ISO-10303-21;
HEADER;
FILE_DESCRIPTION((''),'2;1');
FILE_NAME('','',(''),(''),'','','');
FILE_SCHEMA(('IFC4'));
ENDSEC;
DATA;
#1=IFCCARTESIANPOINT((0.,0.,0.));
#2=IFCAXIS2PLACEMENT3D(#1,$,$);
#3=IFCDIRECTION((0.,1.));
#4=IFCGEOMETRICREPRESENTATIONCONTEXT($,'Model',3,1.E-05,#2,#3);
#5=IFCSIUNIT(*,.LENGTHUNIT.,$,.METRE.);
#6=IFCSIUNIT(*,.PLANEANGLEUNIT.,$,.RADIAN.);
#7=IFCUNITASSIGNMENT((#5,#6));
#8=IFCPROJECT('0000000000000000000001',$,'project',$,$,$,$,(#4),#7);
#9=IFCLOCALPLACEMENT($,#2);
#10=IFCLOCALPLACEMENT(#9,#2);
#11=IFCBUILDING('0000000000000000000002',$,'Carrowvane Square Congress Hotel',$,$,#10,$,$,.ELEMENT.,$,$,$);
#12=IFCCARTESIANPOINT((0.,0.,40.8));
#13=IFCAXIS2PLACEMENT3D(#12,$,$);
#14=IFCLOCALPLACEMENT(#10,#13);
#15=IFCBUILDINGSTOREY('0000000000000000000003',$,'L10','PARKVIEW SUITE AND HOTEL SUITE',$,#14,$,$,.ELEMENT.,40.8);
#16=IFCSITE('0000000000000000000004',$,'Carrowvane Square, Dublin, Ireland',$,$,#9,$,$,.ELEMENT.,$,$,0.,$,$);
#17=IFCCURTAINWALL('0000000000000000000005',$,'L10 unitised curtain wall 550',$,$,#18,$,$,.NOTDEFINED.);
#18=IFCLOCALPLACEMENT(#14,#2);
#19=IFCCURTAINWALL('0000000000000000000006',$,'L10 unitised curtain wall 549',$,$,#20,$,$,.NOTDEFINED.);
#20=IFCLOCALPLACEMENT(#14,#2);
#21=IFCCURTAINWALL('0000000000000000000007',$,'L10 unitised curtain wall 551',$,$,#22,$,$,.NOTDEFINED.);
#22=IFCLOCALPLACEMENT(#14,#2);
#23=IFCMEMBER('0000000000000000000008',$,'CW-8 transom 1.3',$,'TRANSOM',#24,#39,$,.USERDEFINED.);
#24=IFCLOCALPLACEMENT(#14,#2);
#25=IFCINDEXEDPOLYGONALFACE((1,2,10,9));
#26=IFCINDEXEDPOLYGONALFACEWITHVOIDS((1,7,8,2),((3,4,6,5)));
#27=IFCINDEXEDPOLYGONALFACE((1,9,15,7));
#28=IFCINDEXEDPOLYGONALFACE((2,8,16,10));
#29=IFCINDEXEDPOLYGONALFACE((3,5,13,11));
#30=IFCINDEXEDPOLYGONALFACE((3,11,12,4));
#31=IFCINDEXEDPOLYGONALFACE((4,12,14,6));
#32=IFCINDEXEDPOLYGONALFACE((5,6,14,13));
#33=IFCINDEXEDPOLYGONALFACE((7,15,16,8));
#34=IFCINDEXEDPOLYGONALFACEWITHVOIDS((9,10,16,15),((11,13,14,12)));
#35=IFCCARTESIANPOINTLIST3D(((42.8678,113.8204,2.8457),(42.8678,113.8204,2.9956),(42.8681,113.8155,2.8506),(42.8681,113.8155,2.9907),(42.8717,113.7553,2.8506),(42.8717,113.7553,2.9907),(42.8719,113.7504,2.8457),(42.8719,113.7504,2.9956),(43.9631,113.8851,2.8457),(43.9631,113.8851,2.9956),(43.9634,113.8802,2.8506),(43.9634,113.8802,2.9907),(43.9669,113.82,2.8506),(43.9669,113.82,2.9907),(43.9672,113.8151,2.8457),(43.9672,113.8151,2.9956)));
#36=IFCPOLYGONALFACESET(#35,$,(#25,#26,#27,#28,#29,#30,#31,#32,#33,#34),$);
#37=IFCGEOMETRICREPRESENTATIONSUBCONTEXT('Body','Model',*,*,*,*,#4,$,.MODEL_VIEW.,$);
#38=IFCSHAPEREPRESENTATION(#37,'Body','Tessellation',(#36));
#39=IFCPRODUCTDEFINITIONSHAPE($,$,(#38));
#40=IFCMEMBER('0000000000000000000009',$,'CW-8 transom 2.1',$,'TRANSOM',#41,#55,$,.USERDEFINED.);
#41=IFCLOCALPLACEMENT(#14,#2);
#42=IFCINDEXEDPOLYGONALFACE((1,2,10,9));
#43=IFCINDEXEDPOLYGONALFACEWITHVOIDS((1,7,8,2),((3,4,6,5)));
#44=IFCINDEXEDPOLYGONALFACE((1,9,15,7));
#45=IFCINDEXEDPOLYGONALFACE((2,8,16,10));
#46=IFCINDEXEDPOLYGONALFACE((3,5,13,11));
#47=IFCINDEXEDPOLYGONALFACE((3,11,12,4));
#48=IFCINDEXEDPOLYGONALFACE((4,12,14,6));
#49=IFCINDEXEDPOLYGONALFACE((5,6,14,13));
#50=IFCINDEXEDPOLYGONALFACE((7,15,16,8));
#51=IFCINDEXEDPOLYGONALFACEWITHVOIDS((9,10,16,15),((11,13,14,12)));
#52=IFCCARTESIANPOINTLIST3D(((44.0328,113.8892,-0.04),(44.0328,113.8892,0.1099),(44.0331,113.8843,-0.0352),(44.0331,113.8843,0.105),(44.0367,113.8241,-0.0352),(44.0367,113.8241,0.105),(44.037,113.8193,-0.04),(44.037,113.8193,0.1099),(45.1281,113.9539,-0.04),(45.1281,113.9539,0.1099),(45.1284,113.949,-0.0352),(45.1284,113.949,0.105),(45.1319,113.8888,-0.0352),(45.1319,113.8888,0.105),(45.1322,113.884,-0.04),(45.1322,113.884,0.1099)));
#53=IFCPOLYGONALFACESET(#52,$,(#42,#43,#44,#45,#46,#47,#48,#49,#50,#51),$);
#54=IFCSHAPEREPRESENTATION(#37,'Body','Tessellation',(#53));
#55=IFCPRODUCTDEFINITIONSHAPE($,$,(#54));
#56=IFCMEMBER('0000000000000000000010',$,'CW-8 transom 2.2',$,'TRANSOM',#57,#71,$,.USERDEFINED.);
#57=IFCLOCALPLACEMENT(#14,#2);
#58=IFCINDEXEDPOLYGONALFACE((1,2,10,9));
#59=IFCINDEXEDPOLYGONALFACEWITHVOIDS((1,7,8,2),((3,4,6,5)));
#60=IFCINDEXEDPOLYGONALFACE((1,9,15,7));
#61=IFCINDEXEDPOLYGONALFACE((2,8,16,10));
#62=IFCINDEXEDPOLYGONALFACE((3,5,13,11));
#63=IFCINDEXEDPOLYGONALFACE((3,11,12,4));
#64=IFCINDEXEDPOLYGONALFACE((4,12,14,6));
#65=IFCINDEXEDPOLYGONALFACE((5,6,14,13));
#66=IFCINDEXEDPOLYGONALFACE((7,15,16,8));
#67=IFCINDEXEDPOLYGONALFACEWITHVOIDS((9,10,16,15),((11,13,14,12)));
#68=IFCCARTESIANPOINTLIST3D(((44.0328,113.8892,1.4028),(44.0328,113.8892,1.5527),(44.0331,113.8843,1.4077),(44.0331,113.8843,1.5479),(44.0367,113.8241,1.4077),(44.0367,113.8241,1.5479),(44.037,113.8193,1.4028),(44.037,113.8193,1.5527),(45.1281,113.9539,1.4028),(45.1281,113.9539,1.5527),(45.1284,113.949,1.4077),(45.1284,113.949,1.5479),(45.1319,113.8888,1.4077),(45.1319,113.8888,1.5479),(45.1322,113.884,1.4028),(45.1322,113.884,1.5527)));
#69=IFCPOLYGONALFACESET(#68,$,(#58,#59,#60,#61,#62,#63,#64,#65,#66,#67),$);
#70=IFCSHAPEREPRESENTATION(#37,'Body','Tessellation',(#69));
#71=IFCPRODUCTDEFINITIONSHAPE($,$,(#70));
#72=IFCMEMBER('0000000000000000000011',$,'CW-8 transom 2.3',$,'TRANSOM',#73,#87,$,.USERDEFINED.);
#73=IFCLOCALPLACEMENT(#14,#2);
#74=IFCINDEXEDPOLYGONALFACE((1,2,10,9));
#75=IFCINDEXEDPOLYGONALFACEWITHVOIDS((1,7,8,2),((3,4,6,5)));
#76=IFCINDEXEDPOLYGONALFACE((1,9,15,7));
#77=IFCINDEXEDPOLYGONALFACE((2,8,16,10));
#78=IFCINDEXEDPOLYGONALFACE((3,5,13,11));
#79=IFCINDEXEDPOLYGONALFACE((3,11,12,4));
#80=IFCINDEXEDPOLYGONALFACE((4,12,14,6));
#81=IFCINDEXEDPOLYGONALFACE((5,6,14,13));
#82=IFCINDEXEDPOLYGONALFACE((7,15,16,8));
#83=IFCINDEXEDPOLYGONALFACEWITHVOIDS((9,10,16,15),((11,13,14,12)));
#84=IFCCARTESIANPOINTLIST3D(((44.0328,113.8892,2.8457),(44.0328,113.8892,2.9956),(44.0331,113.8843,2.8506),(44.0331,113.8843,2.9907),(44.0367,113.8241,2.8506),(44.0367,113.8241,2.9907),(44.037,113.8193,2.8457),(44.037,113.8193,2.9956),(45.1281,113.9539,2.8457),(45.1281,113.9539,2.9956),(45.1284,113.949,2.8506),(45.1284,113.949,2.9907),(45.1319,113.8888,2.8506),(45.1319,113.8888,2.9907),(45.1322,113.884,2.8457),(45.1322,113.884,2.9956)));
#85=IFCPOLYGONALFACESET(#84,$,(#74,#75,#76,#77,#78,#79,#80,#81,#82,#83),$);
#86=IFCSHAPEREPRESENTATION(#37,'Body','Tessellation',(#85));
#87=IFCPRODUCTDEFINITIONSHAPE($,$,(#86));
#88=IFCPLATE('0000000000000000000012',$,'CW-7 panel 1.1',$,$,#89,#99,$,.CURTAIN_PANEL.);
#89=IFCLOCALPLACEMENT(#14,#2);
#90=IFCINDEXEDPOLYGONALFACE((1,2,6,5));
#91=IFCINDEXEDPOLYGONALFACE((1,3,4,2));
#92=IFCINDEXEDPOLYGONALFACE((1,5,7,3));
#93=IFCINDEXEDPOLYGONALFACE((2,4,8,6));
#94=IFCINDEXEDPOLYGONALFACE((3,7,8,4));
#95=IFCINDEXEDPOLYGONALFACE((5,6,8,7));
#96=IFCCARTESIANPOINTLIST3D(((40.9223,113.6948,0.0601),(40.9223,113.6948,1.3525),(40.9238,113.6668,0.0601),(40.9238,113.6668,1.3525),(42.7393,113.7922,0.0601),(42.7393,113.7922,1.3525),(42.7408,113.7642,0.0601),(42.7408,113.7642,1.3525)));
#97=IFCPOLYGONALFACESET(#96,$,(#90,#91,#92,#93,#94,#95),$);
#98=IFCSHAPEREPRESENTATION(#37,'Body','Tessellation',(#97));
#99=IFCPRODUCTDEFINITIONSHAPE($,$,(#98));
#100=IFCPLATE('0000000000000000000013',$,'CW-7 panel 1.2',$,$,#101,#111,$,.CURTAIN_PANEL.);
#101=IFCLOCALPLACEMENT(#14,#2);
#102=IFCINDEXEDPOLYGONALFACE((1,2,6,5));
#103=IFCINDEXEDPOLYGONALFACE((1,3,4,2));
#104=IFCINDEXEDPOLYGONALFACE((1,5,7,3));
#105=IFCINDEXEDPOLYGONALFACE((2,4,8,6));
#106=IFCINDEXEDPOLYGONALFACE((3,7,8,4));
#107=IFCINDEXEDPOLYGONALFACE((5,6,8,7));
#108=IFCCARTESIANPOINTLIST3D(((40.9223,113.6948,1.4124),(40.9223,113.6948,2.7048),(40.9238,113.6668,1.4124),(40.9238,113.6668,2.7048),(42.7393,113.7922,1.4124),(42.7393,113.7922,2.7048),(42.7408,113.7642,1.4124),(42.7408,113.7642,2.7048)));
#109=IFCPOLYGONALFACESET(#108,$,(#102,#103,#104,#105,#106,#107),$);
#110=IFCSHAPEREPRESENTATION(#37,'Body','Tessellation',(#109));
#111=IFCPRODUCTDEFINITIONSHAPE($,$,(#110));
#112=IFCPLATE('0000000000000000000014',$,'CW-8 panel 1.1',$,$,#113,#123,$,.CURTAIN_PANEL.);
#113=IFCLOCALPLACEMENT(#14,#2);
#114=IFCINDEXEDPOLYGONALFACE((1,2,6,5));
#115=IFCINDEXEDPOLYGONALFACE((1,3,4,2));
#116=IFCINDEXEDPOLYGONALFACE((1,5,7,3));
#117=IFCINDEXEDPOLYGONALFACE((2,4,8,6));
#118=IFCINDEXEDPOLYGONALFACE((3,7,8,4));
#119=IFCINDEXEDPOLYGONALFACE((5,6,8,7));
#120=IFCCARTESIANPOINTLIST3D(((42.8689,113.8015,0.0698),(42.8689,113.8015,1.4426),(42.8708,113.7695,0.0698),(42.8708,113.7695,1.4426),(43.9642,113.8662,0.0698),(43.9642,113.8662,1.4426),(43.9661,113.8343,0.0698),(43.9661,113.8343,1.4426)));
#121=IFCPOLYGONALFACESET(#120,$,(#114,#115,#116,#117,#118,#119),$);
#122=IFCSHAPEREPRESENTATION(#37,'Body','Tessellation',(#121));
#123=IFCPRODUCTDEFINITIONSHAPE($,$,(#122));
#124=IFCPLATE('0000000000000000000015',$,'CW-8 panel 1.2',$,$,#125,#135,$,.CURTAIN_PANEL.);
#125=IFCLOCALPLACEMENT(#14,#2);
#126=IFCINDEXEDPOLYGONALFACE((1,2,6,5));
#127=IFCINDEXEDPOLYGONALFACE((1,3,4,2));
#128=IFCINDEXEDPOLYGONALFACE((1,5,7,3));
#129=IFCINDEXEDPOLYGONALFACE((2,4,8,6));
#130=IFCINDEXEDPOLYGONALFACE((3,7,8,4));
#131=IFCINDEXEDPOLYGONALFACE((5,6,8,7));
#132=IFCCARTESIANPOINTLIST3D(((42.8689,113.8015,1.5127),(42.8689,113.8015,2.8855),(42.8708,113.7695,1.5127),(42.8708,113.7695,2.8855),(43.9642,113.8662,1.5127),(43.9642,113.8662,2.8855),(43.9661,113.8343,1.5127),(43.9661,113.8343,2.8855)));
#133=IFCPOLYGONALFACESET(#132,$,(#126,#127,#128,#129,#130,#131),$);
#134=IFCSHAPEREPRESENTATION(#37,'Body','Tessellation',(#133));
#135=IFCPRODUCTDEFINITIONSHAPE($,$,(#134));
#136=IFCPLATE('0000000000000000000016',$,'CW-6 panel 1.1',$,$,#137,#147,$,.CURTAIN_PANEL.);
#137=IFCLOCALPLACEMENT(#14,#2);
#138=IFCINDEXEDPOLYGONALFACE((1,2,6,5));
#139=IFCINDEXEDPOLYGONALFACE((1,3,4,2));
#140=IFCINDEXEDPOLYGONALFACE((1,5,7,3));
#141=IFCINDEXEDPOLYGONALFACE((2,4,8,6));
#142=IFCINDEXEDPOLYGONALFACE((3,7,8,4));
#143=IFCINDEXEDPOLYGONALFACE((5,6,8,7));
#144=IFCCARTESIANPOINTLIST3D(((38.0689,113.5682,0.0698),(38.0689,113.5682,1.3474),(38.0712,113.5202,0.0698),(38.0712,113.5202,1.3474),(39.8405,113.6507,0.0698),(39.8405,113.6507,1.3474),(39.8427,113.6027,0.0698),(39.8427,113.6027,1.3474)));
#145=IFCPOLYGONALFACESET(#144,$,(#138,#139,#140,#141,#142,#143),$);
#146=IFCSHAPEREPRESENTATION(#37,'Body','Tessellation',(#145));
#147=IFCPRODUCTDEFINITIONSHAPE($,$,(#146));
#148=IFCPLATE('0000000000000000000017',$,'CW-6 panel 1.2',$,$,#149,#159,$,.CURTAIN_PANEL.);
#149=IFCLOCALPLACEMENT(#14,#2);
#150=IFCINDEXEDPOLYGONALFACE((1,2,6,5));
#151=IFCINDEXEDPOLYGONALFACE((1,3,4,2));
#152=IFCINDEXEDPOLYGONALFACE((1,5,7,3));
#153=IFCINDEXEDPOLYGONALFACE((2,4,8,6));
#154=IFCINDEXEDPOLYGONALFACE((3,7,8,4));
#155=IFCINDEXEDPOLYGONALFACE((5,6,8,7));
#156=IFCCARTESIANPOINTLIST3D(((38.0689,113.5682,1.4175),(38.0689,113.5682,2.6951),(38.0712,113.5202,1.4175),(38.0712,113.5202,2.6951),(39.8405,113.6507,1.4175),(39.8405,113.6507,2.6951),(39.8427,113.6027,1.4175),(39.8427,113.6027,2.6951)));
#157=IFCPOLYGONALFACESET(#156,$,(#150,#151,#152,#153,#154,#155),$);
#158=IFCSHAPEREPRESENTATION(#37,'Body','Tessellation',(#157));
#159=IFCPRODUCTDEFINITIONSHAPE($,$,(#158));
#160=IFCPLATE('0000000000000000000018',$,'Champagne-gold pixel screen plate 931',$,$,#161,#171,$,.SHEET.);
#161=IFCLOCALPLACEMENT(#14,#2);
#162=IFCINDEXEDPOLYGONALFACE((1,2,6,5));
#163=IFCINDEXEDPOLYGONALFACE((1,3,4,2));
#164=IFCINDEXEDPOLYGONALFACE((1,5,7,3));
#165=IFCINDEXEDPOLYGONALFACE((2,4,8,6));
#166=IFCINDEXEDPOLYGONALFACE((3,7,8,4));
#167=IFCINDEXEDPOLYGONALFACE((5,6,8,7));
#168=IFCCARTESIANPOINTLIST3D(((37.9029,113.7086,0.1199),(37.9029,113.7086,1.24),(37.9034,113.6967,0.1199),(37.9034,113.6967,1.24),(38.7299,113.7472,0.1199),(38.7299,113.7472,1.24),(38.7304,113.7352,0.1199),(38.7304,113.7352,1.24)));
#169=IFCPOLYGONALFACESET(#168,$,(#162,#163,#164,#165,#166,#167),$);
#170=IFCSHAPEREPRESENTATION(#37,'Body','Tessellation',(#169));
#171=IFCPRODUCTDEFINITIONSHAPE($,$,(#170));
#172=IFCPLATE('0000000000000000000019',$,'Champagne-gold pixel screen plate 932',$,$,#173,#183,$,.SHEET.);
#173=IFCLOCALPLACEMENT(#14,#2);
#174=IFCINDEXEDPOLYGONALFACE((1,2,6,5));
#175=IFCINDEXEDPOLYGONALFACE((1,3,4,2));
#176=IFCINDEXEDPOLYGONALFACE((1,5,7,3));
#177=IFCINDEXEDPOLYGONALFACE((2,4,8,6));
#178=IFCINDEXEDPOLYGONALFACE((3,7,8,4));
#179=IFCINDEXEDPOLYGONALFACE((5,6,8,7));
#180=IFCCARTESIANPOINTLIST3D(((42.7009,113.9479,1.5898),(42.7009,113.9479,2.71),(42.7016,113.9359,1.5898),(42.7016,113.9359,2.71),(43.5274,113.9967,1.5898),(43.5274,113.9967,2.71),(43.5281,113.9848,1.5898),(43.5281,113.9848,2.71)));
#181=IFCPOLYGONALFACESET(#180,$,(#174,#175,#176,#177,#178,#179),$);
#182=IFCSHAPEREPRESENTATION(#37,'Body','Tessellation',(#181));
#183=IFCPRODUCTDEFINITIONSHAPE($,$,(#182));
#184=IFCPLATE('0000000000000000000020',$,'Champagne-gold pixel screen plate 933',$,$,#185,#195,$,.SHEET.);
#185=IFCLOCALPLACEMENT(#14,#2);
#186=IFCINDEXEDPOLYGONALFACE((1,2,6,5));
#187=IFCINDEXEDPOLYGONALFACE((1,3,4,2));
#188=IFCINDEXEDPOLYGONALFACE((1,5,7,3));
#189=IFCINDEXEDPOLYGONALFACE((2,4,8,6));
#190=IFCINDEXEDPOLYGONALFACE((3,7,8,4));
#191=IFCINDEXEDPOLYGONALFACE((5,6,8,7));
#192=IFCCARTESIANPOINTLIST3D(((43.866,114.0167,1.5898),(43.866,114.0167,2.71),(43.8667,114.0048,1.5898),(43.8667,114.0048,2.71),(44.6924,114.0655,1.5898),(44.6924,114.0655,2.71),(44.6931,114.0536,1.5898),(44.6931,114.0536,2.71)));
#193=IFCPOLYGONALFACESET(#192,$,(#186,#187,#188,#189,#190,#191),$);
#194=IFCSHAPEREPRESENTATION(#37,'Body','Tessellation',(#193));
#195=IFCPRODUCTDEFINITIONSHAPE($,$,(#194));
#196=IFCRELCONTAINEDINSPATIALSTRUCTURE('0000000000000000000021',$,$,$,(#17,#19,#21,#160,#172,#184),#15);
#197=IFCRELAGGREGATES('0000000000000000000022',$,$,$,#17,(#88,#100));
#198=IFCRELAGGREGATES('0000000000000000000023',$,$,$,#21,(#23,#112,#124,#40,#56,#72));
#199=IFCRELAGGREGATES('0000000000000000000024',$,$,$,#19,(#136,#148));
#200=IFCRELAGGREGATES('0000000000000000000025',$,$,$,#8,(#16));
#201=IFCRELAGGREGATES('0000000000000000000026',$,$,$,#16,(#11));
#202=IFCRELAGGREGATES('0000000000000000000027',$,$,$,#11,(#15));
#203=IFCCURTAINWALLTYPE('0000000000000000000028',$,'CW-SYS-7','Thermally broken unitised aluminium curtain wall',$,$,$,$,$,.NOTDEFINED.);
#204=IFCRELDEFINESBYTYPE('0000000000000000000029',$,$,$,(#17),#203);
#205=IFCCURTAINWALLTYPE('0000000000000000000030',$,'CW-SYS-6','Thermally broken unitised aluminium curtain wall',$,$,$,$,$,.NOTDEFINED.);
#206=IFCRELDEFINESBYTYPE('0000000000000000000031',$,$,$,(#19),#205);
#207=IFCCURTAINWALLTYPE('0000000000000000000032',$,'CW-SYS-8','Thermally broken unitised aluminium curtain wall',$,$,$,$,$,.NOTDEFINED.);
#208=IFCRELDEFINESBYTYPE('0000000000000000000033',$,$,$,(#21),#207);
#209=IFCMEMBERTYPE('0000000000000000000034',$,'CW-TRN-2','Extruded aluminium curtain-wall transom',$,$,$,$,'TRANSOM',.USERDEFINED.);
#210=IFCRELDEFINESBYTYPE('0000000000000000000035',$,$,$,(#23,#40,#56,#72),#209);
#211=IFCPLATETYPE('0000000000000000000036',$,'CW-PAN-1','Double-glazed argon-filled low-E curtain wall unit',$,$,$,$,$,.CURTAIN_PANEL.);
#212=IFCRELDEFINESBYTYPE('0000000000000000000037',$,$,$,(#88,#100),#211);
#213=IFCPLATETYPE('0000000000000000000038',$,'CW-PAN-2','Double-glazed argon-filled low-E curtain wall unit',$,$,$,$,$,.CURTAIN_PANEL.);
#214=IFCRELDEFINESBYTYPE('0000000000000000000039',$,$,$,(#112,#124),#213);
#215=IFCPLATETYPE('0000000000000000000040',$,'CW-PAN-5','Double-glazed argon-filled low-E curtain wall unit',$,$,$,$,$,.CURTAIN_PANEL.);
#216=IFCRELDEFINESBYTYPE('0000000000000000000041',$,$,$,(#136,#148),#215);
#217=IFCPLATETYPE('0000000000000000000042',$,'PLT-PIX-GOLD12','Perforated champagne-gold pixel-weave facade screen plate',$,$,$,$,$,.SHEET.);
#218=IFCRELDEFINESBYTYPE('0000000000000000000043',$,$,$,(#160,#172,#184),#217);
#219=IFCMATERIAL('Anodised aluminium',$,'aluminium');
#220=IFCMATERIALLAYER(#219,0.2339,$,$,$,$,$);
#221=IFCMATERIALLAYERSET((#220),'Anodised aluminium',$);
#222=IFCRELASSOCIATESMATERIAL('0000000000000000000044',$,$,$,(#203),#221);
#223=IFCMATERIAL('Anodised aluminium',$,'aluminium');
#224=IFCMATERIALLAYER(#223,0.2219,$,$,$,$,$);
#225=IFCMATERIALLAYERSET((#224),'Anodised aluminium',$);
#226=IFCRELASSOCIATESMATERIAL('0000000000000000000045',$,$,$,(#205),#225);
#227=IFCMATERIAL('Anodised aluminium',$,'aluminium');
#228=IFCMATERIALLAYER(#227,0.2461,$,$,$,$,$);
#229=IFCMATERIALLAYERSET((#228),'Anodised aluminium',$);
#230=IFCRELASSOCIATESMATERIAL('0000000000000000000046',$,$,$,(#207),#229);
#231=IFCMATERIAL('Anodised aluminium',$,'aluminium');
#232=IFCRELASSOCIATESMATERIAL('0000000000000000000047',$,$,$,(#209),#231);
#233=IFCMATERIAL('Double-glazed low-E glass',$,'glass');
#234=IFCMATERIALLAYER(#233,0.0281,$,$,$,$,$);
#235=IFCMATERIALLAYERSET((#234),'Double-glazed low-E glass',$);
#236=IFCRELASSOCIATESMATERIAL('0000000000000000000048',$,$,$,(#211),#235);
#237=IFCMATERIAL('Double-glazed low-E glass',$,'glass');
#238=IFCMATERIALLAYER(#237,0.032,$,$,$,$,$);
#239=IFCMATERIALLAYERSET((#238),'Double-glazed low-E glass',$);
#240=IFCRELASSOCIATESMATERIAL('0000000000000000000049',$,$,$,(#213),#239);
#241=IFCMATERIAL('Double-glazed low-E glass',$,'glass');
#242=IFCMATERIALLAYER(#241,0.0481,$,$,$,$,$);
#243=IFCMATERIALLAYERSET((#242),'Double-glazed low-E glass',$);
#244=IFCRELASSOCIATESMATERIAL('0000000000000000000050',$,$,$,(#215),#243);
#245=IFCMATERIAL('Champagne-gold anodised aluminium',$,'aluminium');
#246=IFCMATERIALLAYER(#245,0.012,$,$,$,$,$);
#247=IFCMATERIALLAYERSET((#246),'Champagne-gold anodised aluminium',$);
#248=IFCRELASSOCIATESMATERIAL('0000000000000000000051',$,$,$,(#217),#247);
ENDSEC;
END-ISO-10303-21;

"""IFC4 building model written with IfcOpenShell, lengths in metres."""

from ifc_helpers import new_model, si_unit, direction, frame, origin, origin_2d, place, context, subcontext, project, spatial, rectangle, hollow_rectangle, extrude, material, layer, layer_set, material_profile, profile_set, type_object, element, aggregate, save


model = new_model("IFC4")

# Units and contexts
model_context = context("Model", 3, precision=1e-05, world=origin(), true_north=direction((0.0, 1.0)))
body_context = subcontext(model_context, "Body", "Model", "MODEL_VIEW")
ifc_project = project(units=[si_unit("LENGTHUNIT", "METRE"), si_unit("PLANEANGLEUNIT", "RADIAN")], contexts=[model_context])

# Site, building, storey
site_placement = place(None, origin())
site = spatial("IfcSite", under=ifc_project, at=site_placement, Name="Carrowvane Square, Dublin, Ireland", CompositionType="ELEMENT", RefElevation=0.0)
building_placement = place(site_placement, origin())
building = spatial("IfcBuilding", under=site, at=building_placement, Name="Carrowvane Square Congress Hotel", CompositionType="ELEMENT")
storey_placement = place(building_placement, frame((0.0, 0.0, 40.8)))
storey = spatial("IfcBuildingStorey", under=building, at=storey_placement, Name="L10", Description="PARKVIEW SUITE AND HOTEL SUITE", CompositionType="ELEMENT", Elevation=40.8)

# Curtain wall
ifc_material_1 = material(Name="Anodised aluminium", Category="aluminium")
ifc_layer_1 = layer(ifc_material_1, 0.2339)
ifc_layer_set_1 = layer_set([ifc_layer_1], Name="Anodised aluminium")
curtain_wall_type_1 = type_object("IfcCurtainWallType", Name="CW-SYS-7", Description="Thermally broken unitised aluminium curtain wall", PredefinedType="NOTDEFINED", material=ifc_layer_set_1)
curtain_wall_1_placement = place(storey_placement, origin())
curtain_wall_1 = element("IfcCurtainWall", 1, at=curtain_wall_1_placement, inside=storey, type_object=curtain_wall_type_1, Name="L10 unitised curtain wall 550", PredefinedType="NOTDEFINED")

# Curtain wall
ifc_material_2 = material(Name="Anodised aluminium", Category="aluminium")
ifc_layer_2 = layer(ifc_material_2, 0.2219)
ifc_layer_set_2 = layer_set([ifc_layer_2], Name="Anodised aluminium")
curtain_wall_type_2 = type_object("IfcCurtainWallType", Name="CW-SYS-6", Description="Thermally broken unitised aluminium curtain wall", PredefinedType="NOTDEFINED", material=ifc_layer_set_2)
curtain_wall_2_placement = place(storey_placement, origin())
curtain_wall_2 = element("IfcCurtainWall", 2, at=curtain_wall_2_placement, inside=storey, type_object=curtain_wall_type_2, Name="L10 unitised curtain wall 549", PredefinedType="NOTDEFINED")

# Curtain wall
ifc_material_3 = material(Name="Anodised aluminium", Category="aluminium")
ifc_layer_3 = layer(ifc_material_3, 0.2461)
ifc_layer_set_3 = layer_set([ifc_layer_3], Name="Anodised aluminium")
curtain_wall_type_3 = type_object("IfcCurtainWallType", Name="CW-SYS-8", Description="Thermally broken unitised aluminium curtain wall", PredefinedType="NOTDEFINED", material=ifc_layer_set_3)
curtain_wall_3_placement = place(storey_placement, origin())
curtain_wall_3 = element("IfcCurtainWall", 3, at=curtain_wall_3_placement, inside=storey, type_object=curtain_wall_type_3, Name="L10 unitised curtain wall 551", PredefinedType="NOTDEFINED")

# Members
ifc_material_4 = material(Name="Anodised aluminium", Category="aluminium")
ifc_material_profile_1 = material_profile(ifc_material_4, hollow_rectangle(XDim=0.0701, YDim=0.1499, WallThickness=0.0049, at=origin_2d()), Name="CW-TR 70x150x5")
ifc_profile_set_1 = profile_set([ifc_material_profile_1], Name="Anodised aluminium")
member_type_1 = type_object("IfcMemberType", Name="CW-TRN-2", Description="Extruded aluminium curtain-wall transom", ElementType="TRANSOM", PredefinedType="USERDEFINED", material=ifc_profile_set_1)
member_1_placement = place(storey_placement, frame((42.8699, 113.7854, 2.9207), z_axis=(0.99826, 0.05897, 0.0), x_axis=(-0.05897, 0.99826, 0.0)))
member_1 = element("IfcMember", 4, at=member_1_placement, type_object=member_type_1, Name="CW-8 transom 1.3", ObjectType="TRANSOM", PredefinedType="USERDEFINED", context=body_context, shape_type="SweptSolid", body=[
    extrude(hollow_rectangle(XDim=0.0701, YDim=0.1499, WallThickness=0.0049, at=origin_2d()), origin(), (0.0, 0.0, 1.0), 1.0972),
])
member_2_placement = place(storey_placement, frame((44.0349, 113.8542, 0.0349), z_axis=(0.99826, 0.05897, 0.0), x_axis=(-0.05897, 0.99826, 0.0)))
member_2 = element("IfcMember", 5, at=member_2_placement, type_object=member_type_1, Name="CW-8 transom 2.1", ObjectType="TRANSOM", PredefinedType="USERDEFINED", context=body_context, shape_type="SweptSolid", body=[
    extrude(hollow_rectangle(XDim=0.0701, YDim=0.1499, WallThickness=0.0049, at=origin_2d()), origin(), (0.0, 0.0, 1.0), 1.0972),
])
member_3_placement = place(storey_placement, frame((44.0349, 113.8542, 1.4778), z_axis=(0.99826, 0.05897, 0.0), x_axis=(-0.05897, 0.99826, 0.0)))
member_3 = element("IfcMember", 6, at=member_3_placement, type_object=member_type_1, Name="CW-8 transom 2.2", ObjectType="TRANSOM", PredefinedType="USERDEFINED", context=body_context, shape_type="SweptSolid", body=[
    extrude(hollow_rectangle(XDim=0.0701, YDim=0.1499, WallThickness=0.0049, at=origin_2d()), origin(), (0.0, 0.0, 1.0), 1.0972),
])
member_4_placement = place(storey_placement, frame((44.0349, 113.8542, 2.9207), z_axis=(0.99826, 0.05897, 0.0), x_axis=(-0.05897, 0.99826, 0.0)))
member_4 = element("IfcMember", 7, at=member_4_placement, type_object=member_type_1, Name="CW-8 transom 2.3", ObjectType="TRANSOM", PredefinedType="USERDEFINED", context=body_context, shape_type="SweptSolid", body=[
    extrude(hollow_rectangle(XDim=0.0701, YDim=0.1499, WallThickness=0.0049, at=origin_2d()), origin(), (0.0, 0.0, 1.0), 1.0972),
])

# Plates
ifc_material_5 = material(Name="Double-glazed low-E glass", Category="glass")
ifc_layer_4 = layer(ifc_material_5, 0.0281)
ifc_layer_set_4 = layer_set([ifc_layer_4], Name="Double-glazed low-E glass")
plate_type_1 = type_object("IfcPlateType", Name="CW-PAN-1", Description="Double-glazed argon-filled low-E curtain wall unit", PredefinedType="CURTAIN_PANEL", material=ifc_layer_set_4)
plate_1_placement = place(storey_placement, frame((41.8315, 113.7295, 0.0601), z_axis=(0.0, 0.0, 1.0), x_axis=(0.998567, 0.053514, 0.0)))
plate_1 = element("IfcPlate", 8, at=plate_1_placement, type_object=plate_type_1, Name="CW-7 panel 1.1", PredefinedType="CURTAIN_PANEL", context=body_context, shape_type="SweptSolid", body=[
    extrude(rectangle(XDim=1.8196, YDim=0.0281, at=origin_2d()), origin(), (0.0, 0.0, 1.0), 1.2925),
])
plate_2_placement = place(storey_placement, frame((41.8315, 113.7295, 1.4124), z_axis=(0.0, 0.0, 1.0), x_axis=(0.998567, 0.053514, 0.0)))
plate_2 = element("IfcPlate", 9, at=plate_2_placement, type_object=plate_type_1, Name="CW-7 panel 1.2", PredefinedType="CURTAIN_PANEL", context=body_context, shape_type="SweptSolid", body=[
    extrude(rectangle(XDim=1.8196, YDim=0.0281, at=origin_2d()), origin(), (0.0, 0.0, 1.0), 1.2925),
])
aggregate(curtain_wall_1, [plate_1, plate_2])
ifc_material_6 = material(Name="Double-glazed low-E glass", Category="glass")
ifc_layer_5 = layer(ifc_material_6, 0.032)
ifc_layer_set_5 = layer_set([ifc_layer_5], Name="Double-glazed low-E glass")
plate_type_2 = type_object("IfcPlateType", Name="CW-PAN-2", Description="Double-glazed argon-filled low-E curtain wall unit", PredefinedType="CURTAIN_PANEL", material=ifc_layer_set_5)
plate_3_placement = place(storey_placement, frame((43.4175, 113.8179, 0.0698), z_axis=(0.0, 0.0, 1.0), x_axis=(0.998259, 0.058989, 0.0)))
plate_3 = element("IfcPlate", 10, at=plate_3_placement, type_object=plate_type_2, Name="CW-8 panel 1.1", PredefinedType="CURTAIN_PANEL", context=body_context, shape_type="SweptSolid", body=[
    extrude(rectangle(XDim=1.0972, YDim=0.032, at=origin_2d()), origin(), (0.0, 0.0, 1.0), 1.3728),
])
plate_4_placement = place(storey_placement, frame((43.4175, 113.8179, 1.5127), z_axis=(0.0, 0.0, 1.0), x_axis=(0.998259, 0.058989, 0.0)))
plate_4 = element("IfcPlate", 11, at=plate_4_placement, type_object=plate_type_2, Name="CW-8 panel 1.2", PredefinedType="CURTAIN_PANEL", context=body_context, shape_type="SweptSolid", body=[
    extrude(rectangle(XDim=1.0972, YDim=0.032, at=origin_2d()), origin(), (0.0, 0.0, 1.0), 1.3728),
])
aggregate(curtain_wall_3, [member_1, plate_3, plate_4, member_2, member_3, member_4])
ifc_material_7 = material(Name="Double-glazed low-E glass", Category="glass")
ifc_layer_6 = layer(ifc_material_7, 0.0481)
ifc_layer_set_6 = layer_set([ifc_layer_6], Name="Double-glazed low-E glass")
plate_type_3 = type_object("IfcPlateType", Name="CW-PAN-5", Description="Double-glazed argon-filled low-E curtain wall unit", PredefinedType="CURTAIN_PANEL", material=ifc_layer_set_6)
plate_5_placement = place(storey_placement, frame((38.9558, 113.5854, 0.0698), z_axis=(0.0, 0.0, 1.0), x_axis=(0.998917, 0.046522, 0.0)))
plate_5 = element("IfcPlate", 12, at=plate_5_placement, type_object=plate_type_3, Name="CW-6 panel 1.1", PredefinedType="CURTAIN_PANEL", context=body_context, shape_type="SweptSolid", body=[
    extrude(rectangle(XDim=1.7734, YDim=0.0481, at=origin_2d()), origin(), (0.0, 0.0, 1.0), 1.2776),
])
plate_6_placement = place(storey_placement, frame((38.9558, 113.5854, 1.4175), z_axis=(0.0, 0.0, 1.0), x_axis=(0.998917, 0.046522, 0.0)))
plate_6 = element("IfcPlate", 13, at=plate_6_placement, type_object=plate_type_3, Name="CW-6 panel 1.2", PredefinedType="CURTAIN_PANEL", context=body_context, shape_type="SweptSolid", body=[
    extrude(rectangle(XDim=1.7734, YDim=0.0481, at=origin_2d()), origin(), (0.0, 0.0, 1.0), 1.2776),
])
aggregate(curtain_wall_2, [plate_5, plate_6])

# Plates
ifc_material_8 = material(Name="Champagne-gold anodised aluminium", Category="aluminium")
ifc_layer_7 = layer(ifc_material_8, 0.012)
ifc_layer_set_7 = layer_set([ifc_layer_7], Name="Champagne-gold anodised aluminium")
plate_type_4 = type_object("IfcPlateType", Name="PLT-PIX-GOLD12", Description="Perforated champagne-gold pixel-weave facade screen plate", PredefinedType="SHEET", material=ifc_layer_set_7)
for number, where, z_axis, x_axis, name in (
    (14, (38.3167, 113.7219, 0.1199), (0.0, 0.0, 1.0), (0.998917, 0.046521, 0.0), "Champagne-gold pixel screen plate 931"),
    (15, (43.1145, 113.9663, 1.5898), (0.0, 0.0, 1.0), (0.998259, 0.058985, 0.0), "Champagne-gold pixel screen plate 932"),
    (16, (44.2795, 114.0352, 1.5898), (0.0, 0.0, 1.0), (0.998259, 0.058985, 0.0), "Champagne-gold pixel screen plate 933"),
):
    element("IfcPlate", number, at=place(storey_placement, frame(where, z_axis=z_axis, x_axis=x_axis)), inside=storey, type_object=plate_type_4, Name=name, PredefinedType="SHEET", context=body_context, shape_type="SweptSolid", body=[
        extrude(rectangle(XDim=0.8279, YDim=0.012, at=origin_2d()), origin(), (0.0, 0.0, 1.0), 1.1201),
    ])

save(model, "model.ifc")
